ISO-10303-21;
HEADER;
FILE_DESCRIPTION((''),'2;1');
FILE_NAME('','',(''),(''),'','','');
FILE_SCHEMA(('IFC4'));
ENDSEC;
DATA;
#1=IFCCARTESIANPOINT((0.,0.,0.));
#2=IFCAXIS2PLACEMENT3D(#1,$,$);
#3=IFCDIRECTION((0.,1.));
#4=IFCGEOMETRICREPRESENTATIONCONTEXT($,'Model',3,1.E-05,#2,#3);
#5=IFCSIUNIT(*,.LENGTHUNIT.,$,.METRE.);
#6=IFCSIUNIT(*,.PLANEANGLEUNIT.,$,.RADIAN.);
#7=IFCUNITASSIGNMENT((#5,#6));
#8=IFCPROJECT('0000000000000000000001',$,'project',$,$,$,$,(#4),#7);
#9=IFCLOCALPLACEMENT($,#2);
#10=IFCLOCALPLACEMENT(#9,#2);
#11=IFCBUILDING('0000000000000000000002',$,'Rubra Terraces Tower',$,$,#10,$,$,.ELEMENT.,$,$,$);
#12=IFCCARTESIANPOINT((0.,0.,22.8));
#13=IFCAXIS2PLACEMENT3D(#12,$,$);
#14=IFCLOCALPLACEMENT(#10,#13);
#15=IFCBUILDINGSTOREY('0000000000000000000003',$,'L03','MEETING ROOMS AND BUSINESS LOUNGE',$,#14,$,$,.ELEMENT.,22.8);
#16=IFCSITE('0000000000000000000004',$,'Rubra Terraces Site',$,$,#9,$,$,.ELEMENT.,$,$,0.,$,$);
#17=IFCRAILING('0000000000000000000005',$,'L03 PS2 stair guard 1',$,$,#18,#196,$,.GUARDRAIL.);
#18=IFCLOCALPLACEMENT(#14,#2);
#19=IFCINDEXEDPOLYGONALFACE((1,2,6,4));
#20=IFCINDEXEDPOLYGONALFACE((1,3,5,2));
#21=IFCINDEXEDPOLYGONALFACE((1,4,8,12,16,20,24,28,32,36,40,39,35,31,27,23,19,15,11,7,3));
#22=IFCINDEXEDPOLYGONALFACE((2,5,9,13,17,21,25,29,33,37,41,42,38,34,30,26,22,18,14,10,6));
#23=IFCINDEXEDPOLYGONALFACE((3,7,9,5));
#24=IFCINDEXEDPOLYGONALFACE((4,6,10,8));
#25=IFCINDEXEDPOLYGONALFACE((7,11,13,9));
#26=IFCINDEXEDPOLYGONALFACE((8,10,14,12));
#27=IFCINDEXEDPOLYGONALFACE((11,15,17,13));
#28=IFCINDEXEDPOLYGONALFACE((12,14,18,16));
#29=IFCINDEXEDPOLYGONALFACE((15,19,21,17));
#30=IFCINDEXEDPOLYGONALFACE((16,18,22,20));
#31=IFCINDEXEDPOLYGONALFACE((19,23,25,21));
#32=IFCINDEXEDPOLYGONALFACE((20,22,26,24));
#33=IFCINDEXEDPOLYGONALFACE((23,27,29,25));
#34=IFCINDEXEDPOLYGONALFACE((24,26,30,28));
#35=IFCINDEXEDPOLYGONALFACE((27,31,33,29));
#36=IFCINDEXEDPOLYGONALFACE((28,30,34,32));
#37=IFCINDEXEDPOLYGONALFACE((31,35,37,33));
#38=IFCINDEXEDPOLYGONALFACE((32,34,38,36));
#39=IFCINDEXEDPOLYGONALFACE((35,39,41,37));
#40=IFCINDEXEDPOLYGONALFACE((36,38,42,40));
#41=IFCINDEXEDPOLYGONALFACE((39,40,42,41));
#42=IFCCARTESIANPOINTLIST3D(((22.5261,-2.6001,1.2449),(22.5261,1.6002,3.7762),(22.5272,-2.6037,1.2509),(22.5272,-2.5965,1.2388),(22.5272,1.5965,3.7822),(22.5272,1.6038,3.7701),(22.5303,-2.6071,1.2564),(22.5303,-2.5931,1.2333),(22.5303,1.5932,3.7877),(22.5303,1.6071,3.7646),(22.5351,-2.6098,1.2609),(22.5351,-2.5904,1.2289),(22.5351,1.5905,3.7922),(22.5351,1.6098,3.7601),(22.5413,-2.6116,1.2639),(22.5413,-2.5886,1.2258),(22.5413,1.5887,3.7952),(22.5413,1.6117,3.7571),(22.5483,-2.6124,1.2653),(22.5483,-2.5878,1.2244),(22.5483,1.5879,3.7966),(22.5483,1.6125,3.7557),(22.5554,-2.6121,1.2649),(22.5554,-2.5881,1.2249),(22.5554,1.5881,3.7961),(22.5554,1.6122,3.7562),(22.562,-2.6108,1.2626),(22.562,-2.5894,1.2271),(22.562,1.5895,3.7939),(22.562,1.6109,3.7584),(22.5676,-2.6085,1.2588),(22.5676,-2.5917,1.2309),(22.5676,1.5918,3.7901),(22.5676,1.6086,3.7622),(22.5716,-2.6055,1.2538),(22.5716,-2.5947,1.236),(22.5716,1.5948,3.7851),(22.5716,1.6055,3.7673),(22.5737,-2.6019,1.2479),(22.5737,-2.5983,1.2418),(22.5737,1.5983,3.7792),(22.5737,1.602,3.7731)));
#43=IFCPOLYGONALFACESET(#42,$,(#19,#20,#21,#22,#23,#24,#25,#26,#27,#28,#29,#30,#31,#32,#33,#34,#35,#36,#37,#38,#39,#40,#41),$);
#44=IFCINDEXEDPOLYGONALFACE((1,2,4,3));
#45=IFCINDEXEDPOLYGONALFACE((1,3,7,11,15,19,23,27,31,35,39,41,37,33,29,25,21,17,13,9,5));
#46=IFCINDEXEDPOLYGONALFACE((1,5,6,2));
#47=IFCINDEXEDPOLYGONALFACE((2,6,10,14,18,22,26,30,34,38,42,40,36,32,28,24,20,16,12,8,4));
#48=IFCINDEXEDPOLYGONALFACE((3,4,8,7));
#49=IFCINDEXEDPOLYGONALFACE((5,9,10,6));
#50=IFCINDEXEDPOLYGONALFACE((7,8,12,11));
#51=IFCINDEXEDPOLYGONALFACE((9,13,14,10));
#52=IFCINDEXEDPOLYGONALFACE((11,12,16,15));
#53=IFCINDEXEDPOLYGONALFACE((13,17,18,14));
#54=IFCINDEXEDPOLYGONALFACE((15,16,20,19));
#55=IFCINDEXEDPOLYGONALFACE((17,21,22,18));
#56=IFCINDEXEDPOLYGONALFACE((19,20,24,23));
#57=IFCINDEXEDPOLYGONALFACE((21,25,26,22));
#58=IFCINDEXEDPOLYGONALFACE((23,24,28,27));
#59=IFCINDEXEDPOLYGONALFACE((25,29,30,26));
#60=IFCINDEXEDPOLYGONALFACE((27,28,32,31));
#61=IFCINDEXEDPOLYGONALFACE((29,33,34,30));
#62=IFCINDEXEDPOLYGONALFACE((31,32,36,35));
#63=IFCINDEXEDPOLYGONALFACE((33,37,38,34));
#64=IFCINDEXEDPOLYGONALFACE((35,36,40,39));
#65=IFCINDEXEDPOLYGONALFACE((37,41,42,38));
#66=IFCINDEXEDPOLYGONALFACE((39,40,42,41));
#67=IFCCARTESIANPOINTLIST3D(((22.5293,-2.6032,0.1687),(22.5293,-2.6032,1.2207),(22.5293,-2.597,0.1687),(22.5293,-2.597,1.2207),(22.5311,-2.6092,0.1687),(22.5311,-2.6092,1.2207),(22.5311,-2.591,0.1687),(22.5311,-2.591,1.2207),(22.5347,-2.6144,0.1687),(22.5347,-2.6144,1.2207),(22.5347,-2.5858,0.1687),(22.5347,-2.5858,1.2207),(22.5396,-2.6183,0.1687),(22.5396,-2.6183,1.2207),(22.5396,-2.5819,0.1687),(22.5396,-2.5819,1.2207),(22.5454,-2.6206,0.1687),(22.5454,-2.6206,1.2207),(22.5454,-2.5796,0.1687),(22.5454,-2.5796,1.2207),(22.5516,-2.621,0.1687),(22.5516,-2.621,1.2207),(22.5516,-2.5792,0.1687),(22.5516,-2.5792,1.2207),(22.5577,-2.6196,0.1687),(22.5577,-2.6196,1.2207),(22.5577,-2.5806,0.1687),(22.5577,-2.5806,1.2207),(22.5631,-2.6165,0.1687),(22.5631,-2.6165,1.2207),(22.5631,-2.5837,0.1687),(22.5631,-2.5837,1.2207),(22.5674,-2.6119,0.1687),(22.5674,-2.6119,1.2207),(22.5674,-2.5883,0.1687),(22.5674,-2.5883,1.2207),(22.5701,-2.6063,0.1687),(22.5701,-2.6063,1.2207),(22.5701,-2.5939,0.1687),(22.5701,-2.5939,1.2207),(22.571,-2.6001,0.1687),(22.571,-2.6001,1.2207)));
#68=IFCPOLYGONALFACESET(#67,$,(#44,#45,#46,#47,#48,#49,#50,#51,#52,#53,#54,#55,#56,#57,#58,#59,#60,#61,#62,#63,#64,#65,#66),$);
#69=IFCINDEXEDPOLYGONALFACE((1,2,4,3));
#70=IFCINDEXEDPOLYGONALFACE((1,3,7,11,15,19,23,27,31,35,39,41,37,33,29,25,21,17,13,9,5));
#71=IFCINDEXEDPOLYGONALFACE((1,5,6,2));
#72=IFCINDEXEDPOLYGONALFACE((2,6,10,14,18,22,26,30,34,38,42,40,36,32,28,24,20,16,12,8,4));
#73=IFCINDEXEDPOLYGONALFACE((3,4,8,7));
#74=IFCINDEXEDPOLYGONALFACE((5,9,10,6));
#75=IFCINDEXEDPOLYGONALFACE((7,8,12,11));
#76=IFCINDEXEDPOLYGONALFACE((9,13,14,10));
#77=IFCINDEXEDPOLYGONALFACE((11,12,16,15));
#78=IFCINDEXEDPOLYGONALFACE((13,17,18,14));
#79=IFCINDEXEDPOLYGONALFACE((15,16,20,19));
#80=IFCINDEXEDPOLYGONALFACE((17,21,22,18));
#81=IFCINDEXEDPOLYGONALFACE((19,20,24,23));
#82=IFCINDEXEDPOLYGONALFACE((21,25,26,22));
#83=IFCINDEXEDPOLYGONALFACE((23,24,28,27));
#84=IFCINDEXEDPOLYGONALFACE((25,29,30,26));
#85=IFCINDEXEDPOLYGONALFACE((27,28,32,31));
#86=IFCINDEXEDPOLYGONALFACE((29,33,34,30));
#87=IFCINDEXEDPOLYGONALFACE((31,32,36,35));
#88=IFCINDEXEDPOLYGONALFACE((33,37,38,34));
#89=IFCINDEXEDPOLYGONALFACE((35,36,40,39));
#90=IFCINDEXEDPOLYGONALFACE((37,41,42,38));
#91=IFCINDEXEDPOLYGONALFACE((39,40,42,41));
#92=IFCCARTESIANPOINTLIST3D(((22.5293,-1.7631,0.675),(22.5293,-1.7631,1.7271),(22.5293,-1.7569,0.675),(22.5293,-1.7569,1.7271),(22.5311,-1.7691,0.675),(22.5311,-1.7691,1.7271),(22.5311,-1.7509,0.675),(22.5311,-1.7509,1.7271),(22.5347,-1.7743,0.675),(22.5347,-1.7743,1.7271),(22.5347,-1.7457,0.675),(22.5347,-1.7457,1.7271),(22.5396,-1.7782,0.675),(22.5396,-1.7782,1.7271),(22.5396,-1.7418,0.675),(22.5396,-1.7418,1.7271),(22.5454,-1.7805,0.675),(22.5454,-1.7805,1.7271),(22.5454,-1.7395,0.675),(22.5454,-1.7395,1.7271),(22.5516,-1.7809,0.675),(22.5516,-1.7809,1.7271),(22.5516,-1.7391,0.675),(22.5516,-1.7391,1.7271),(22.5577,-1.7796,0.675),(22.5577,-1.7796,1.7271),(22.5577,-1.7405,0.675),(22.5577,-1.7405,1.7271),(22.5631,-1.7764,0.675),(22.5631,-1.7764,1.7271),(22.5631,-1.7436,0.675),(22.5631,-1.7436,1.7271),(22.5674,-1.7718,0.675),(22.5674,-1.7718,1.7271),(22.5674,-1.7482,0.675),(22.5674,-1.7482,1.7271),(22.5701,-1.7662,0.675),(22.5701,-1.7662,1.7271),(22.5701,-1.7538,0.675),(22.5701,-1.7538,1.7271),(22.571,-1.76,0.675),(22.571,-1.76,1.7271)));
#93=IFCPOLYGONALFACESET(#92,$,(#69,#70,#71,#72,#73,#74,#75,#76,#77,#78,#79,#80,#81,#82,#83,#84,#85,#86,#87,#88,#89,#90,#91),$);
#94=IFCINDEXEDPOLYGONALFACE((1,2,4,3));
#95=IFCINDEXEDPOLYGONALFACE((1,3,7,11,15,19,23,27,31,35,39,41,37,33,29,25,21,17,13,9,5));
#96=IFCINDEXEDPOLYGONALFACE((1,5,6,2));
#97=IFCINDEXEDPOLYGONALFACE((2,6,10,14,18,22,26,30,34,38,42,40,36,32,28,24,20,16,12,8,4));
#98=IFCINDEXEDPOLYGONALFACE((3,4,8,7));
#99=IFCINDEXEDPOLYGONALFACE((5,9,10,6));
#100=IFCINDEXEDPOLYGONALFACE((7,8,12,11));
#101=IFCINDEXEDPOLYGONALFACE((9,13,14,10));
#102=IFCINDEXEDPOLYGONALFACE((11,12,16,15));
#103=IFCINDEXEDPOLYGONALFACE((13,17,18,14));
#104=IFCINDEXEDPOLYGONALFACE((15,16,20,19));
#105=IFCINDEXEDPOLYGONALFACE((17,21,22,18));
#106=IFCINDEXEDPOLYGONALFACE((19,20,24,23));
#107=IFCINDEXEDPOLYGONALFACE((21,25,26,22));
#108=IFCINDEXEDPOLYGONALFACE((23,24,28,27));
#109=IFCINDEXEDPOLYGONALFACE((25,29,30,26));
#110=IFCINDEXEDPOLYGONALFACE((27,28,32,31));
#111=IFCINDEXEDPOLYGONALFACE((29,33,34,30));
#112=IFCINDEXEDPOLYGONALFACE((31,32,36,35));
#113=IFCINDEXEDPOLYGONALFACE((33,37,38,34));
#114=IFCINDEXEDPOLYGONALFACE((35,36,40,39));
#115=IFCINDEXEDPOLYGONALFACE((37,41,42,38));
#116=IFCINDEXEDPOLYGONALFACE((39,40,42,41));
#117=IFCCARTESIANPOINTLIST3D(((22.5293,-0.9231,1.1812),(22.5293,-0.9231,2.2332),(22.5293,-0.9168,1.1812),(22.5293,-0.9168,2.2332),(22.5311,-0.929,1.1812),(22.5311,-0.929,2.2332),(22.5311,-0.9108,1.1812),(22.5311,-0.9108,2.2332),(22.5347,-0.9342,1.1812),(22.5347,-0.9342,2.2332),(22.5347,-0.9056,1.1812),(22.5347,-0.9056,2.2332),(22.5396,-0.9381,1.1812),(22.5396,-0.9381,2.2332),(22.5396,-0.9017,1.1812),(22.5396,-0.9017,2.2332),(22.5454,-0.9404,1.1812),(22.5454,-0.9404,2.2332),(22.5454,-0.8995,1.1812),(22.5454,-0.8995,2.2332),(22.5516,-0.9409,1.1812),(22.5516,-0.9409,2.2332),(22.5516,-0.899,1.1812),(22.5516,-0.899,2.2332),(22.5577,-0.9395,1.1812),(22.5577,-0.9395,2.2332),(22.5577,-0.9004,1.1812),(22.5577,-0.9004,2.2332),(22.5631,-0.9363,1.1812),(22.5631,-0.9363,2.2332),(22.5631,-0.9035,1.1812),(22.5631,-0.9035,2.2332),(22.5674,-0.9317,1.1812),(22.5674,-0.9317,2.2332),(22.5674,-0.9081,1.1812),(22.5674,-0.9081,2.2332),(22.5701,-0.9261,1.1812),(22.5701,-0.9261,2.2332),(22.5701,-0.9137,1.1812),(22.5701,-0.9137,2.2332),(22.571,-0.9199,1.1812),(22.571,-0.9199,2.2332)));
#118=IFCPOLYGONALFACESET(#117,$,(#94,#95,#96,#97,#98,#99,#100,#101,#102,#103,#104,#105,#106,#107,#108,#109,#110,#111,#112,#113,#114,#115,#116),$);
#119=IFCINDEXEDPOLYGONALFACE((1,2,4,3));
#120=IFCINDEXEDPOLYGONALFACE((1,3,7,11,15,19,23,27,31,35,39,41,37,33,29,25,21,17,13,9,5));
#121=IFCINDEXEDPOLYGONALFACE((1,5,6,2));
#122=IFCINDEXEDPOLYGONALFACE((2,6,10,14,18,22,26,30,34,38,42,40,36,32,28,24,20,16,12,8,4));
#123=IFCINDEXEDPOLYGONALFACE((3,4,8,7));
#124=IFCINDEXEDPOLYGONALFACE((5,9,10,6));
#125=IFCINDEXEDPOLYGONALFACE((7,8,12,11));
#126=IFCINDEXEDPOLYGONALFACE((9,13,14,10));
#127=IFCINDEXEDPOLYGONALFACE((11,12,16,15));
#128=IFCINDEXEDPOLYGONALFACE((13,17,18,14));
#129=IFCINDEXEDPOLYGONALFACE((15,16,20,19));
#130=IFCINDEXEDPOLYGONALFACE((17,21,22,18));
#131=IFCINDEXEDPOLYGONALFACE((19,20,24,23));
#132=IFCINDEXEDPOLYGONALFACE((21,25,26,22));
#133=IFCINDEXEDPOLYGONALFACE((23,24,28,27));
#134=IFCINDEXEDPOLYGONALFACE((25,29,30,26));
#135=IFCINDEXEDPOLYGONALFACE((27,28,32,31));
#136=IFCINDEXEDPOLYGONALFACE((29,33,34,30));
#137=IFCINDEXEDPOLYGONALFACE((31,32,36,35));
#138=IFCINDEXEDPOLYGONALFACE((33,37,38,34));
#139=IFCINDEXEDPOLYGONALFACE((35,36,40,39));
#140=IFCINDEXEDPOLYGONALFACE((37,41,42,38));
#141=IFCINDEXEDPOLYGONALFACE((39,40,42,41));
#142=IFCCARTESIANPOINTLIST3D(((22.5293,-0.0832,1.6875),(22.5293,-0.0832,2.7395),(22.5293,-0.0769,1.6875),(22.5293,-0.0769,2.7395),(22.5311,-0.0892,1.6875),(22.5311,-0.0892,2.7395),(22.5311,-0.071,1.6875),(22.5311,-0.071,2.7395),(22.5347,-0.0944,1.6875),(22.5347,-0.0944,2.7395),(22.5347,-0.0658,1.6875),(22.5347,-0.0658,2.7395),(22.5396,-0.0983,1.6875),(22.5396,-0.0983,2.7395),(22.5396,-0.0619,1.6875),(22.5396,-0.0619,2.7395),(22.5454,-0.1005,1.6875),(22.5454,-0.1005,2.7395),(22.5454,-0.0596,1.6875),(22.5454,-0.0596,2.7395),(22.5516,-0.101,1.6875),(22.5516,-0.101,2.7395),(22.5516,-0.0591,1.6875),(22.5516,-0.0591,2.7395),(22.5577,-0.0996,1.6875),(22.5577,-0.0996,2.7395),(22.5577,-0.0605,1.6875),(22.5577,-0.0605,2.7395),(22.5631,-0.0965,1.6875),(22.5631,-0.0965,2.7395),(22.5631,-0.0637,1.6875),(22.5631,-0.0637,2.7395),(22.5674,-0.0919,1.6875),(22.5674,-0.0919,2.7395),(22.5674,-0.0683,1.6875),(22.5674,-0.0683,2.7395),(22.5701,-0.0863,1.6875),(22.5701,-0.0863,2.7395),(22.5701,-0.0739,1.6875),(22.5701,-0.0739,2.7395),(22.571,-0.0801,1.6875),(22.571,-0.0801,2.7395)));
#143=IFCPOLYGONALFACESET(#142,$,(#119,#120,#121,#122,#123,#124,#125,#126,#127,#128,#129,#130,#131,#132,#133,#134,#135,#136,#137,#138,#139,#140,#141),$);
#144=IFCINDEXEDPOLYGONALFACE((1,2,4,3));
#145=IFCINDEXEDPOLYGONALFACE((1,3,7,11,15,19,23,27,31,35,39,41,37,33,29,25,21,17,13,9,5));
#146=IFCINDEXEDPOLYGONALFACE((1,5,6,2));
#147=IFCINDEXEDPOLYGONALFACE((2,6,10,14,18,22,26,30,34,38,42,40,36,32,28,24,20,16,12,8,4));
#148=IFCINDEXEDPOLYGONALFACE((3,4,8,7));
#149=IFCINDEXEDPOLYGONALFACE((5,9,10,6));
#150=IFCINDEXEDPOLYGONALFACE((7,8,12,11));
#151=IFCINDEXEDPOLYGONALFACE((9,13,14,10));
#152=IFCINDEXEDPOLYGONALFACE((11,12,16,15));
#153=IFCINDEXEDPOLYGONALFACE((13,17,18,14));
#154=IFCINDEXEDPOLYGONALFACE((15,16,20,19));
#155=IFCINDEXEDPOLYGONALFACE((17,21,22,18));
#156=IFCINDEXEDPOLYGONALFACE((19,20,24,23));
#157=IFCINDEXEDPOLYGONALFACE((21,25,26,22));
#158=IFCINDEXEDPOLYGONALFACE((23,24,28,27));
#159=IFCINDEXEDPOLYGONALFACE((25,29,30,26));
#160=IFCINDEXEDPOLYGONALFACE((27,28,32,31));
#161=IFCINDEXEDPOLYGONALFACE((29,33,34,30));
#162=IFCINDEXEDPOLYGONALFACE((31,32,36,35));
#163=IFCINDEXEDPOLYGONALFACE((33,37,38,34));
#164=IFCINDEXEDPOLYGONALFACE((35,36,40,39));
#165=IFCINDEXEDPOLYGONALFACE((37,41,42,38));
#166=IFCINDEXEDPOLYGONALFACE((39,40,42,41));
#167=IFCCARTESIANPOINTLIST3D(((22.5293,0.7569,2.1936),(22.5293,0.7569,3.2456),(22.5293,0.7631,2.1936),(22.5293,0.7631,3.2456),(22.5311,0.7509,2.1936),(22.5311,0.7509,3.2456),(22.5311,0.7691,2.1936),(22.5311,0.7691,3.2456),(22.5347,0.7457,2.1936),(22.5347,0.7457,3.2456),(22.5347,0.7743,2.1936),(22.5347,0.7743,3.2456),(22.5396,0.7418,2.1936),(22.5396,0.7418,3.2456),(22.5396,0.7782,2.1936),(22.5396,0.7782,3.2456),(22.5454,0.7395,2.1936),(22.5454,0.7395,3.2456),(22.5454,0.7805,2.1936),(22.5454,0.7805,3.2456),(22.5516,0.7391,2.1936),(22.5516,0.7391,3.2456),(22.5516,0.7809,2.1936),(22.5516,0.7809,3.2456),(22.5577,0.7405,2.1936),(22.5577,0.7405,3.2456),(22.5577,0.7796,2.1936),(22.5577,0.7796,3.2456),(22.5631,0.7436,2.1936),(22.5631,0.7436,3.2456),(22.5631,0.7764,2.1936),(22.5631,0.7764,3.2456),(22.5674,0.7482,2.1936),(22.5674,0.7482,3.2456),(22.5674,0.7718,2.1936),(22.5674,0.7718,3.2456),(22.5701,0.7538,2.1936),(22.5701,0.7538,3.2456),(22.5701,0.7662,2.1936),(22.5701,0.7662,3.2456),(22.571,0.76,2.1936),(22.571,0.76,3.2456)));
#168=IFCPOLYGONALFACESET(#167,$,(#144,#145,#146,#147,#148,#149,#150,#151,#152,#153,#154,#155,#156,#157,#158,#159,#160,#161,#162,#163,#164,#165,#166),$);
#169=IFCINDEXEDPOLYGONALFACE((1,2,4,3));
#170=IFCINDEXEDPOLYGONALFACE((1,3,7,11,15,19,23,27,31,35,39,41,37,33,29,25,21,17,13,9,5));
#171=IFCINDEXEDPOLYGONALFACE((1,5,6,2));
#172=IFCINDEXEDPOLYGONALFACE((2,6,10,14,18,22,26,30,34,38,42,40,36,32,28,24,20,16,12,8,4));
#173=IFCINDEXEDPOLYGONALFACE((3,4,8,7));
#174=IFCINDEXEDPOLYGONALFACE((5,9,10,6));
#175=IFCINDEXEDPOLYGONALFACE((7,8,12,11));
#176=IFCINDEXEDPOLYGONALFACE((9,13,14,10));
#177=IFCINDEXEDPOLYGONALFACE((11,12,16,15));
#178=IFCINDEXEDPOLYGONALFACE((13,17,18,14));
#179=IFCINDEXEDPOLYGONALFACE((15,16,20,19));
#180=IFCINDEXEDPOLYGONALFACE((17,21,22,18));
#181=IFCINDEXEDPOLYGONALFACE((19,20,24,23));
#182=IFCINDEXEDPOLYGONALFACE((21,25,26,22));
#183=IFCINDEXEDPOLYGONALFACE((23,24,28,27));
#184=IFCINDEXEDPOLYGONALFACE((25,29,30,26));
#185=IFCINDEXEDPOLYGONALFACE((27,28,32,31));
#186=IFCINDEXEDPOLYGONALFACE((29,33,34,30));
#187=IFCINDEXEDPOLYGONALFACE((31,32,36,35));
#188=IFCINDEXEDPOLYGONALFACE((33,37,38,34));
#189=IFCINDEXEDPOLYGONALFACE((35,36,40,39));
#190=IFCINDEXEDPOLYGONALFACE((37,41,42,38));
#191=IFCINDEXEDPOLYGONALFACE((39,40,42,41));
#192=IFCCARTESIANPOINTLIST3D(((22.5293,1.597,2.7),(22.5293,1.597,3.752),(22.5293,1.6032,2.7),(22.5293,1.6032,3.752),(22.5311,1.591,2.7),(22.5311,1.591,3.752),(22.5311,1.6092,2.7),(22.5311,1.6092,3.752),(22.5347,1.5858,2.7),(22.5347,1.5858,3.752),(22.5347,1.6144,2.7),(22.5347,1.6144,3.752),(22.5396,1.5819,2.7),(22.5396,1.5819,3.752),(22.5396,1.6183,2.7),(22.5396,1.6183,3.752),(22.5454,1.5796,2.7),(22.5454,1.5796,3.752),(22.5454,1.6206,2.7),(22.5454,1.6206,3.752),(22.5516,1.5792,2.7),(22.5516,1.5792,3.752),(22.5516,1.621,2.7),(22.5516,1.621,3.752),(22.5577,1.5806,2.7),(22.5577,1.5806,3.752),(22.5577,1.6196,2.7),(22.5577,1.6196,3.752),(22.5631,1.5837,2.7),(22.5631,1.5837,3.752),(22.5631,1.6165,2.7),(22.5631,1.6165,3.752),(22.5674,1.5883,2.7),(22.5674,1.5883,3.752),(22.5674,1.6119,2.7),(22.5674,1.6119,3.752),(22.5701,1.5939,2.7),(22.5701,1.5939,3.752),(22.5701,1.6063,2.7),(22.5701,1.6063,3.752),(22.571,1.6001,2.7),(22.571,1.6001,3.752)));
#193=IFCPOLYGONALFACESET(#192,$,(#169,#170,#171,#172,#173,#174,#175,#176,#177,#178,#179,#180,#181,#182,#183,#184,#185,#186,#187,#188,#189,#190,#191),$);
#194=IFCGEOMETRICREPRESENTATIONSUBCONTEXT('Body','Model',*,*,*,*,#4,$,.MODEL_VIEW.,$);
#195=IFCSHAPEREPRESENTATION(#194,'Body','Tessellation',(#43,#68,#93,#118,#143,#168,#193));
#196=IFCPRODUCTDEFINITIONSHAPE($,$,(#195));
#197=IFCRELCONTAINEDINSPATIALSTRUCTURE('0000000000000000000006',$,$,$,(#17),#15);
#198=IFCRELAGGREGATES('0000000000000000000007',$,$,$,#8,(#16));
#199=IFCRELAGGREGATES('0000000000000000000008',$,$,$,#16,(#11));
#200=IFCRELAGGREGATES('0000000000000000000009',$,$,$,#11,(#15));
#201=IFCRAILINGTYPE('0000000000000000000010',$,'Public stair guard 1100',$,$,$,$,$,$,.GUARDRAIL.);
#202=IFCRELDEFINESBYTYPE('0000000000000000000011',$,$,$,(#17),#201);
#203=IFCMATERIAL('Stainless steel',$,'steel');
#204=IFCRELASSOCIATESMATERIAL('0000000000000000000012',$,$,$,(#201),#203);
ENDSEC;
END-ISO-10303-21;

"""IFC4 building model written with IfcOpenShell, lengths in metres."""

from ifc_helpers import new_model, si_unit, direction, frame, origin, origin_2d, place, context, subcontext, project, spatial, circle, extrude, material, type_object, element, save


model = new_model("IFC4")

# Units and contexts
model_context = context("Model", 3, precision=1e-05, world=origin(), true_north=direction((0.0, 1.0)))
body_context = subcontext(model_context, "Body", "Model", "MODEL_VIEW")
ifc_project = project(units=[si_unit("LENGTHUNIT", "METRE"), si_unit("PLANEANGLEUNIT", "RADIAN")], contexts=[model_context])

# Site, building, storey
site_placement = place(None, origin())
site = spatial("IfcSite", under=ifc_project, at=site_placement, Name="Rubra Terraces Site", CompositionType="ELEMENT", RefElevation=0.0)
building_placement = place(site_placement, origin())
building = spatial("IfcBuilding", under=site, at=building_placement, Name="Rubra Terraces Tower", CompositionType="ELEMENT")
storey_placement = place(building_placement, frame((0.0, 0.0, 22.8)))
storey = spatial("IfcBuildingStorey", under=building, at=storey_placement, Name="L03", Description="MEETING ROOMS AND BUSINESS LOUNGE", CompositionType="ELEMENT", Elevation=22.8)

# Railing
ifc_material_1 = material(Name="Stainless steel", Category="steel")
railing_type_1 = type_object("IfcRailingType", Name="Public stair guard 1100", PredefinedType="GUARDRAIL", material=ifc_material_1)
railing_1_placement = place(storey_placement, frame((22.55, -2.6001, 0.1687)))
element("IfcRailing", 1, at=railing_1_placement, inside=storey, type_object=railing_type_1, Name="L03 PS2 stair guard 1", PredefinedType="GUARDRAIL", context=body_context, shape_type="SweptSolid", body=[
    extrude(circle(Radius=0.0239, at=origin_2d()), frame((0.0, 0.0, 1.0762), z_axis=(0.0, 0.85649, 0.516164), x_axis=(-1.0, 0.0, 0.0)), (0.0, 0.0, 1.0), 4.9041),
    extrude(circle(Radius=0.021, at=origin_2d()), origin(), (0.0, 0.0, 1.0), 1.052),
    extrude(circle(Radius=0.021, at=origin_2d()), frame((0.0, 0.8401, 0.5063)), (0.0, 0.0, 1.0), 1.052),
    extrude(circle(Radius=0.021, at=origin_2d()), frame((0.0, 1.6802, 1.0125)), (0.0, 0.0, 1.0), 1.052),
    extrude(circle(Radius=0.021, at=origin_2d()), frame((0.0, 2.52, 1.5188)), (0.0, 0.0, 1.0), 1.052),
    extrude(circle(Radius=0.021, at=origin_2d()), frame((0.0, 3.3601, 2.0249)), (0.0, 0.0, 1.0), 1.052),
    extrude(circle(Radius=0.021, at=origin_2d()), frame((0.0, 4.2002, 2.5312)), (0.0, 0.0, 1.0), 1.052),
])

save(model, "model.ifc")
